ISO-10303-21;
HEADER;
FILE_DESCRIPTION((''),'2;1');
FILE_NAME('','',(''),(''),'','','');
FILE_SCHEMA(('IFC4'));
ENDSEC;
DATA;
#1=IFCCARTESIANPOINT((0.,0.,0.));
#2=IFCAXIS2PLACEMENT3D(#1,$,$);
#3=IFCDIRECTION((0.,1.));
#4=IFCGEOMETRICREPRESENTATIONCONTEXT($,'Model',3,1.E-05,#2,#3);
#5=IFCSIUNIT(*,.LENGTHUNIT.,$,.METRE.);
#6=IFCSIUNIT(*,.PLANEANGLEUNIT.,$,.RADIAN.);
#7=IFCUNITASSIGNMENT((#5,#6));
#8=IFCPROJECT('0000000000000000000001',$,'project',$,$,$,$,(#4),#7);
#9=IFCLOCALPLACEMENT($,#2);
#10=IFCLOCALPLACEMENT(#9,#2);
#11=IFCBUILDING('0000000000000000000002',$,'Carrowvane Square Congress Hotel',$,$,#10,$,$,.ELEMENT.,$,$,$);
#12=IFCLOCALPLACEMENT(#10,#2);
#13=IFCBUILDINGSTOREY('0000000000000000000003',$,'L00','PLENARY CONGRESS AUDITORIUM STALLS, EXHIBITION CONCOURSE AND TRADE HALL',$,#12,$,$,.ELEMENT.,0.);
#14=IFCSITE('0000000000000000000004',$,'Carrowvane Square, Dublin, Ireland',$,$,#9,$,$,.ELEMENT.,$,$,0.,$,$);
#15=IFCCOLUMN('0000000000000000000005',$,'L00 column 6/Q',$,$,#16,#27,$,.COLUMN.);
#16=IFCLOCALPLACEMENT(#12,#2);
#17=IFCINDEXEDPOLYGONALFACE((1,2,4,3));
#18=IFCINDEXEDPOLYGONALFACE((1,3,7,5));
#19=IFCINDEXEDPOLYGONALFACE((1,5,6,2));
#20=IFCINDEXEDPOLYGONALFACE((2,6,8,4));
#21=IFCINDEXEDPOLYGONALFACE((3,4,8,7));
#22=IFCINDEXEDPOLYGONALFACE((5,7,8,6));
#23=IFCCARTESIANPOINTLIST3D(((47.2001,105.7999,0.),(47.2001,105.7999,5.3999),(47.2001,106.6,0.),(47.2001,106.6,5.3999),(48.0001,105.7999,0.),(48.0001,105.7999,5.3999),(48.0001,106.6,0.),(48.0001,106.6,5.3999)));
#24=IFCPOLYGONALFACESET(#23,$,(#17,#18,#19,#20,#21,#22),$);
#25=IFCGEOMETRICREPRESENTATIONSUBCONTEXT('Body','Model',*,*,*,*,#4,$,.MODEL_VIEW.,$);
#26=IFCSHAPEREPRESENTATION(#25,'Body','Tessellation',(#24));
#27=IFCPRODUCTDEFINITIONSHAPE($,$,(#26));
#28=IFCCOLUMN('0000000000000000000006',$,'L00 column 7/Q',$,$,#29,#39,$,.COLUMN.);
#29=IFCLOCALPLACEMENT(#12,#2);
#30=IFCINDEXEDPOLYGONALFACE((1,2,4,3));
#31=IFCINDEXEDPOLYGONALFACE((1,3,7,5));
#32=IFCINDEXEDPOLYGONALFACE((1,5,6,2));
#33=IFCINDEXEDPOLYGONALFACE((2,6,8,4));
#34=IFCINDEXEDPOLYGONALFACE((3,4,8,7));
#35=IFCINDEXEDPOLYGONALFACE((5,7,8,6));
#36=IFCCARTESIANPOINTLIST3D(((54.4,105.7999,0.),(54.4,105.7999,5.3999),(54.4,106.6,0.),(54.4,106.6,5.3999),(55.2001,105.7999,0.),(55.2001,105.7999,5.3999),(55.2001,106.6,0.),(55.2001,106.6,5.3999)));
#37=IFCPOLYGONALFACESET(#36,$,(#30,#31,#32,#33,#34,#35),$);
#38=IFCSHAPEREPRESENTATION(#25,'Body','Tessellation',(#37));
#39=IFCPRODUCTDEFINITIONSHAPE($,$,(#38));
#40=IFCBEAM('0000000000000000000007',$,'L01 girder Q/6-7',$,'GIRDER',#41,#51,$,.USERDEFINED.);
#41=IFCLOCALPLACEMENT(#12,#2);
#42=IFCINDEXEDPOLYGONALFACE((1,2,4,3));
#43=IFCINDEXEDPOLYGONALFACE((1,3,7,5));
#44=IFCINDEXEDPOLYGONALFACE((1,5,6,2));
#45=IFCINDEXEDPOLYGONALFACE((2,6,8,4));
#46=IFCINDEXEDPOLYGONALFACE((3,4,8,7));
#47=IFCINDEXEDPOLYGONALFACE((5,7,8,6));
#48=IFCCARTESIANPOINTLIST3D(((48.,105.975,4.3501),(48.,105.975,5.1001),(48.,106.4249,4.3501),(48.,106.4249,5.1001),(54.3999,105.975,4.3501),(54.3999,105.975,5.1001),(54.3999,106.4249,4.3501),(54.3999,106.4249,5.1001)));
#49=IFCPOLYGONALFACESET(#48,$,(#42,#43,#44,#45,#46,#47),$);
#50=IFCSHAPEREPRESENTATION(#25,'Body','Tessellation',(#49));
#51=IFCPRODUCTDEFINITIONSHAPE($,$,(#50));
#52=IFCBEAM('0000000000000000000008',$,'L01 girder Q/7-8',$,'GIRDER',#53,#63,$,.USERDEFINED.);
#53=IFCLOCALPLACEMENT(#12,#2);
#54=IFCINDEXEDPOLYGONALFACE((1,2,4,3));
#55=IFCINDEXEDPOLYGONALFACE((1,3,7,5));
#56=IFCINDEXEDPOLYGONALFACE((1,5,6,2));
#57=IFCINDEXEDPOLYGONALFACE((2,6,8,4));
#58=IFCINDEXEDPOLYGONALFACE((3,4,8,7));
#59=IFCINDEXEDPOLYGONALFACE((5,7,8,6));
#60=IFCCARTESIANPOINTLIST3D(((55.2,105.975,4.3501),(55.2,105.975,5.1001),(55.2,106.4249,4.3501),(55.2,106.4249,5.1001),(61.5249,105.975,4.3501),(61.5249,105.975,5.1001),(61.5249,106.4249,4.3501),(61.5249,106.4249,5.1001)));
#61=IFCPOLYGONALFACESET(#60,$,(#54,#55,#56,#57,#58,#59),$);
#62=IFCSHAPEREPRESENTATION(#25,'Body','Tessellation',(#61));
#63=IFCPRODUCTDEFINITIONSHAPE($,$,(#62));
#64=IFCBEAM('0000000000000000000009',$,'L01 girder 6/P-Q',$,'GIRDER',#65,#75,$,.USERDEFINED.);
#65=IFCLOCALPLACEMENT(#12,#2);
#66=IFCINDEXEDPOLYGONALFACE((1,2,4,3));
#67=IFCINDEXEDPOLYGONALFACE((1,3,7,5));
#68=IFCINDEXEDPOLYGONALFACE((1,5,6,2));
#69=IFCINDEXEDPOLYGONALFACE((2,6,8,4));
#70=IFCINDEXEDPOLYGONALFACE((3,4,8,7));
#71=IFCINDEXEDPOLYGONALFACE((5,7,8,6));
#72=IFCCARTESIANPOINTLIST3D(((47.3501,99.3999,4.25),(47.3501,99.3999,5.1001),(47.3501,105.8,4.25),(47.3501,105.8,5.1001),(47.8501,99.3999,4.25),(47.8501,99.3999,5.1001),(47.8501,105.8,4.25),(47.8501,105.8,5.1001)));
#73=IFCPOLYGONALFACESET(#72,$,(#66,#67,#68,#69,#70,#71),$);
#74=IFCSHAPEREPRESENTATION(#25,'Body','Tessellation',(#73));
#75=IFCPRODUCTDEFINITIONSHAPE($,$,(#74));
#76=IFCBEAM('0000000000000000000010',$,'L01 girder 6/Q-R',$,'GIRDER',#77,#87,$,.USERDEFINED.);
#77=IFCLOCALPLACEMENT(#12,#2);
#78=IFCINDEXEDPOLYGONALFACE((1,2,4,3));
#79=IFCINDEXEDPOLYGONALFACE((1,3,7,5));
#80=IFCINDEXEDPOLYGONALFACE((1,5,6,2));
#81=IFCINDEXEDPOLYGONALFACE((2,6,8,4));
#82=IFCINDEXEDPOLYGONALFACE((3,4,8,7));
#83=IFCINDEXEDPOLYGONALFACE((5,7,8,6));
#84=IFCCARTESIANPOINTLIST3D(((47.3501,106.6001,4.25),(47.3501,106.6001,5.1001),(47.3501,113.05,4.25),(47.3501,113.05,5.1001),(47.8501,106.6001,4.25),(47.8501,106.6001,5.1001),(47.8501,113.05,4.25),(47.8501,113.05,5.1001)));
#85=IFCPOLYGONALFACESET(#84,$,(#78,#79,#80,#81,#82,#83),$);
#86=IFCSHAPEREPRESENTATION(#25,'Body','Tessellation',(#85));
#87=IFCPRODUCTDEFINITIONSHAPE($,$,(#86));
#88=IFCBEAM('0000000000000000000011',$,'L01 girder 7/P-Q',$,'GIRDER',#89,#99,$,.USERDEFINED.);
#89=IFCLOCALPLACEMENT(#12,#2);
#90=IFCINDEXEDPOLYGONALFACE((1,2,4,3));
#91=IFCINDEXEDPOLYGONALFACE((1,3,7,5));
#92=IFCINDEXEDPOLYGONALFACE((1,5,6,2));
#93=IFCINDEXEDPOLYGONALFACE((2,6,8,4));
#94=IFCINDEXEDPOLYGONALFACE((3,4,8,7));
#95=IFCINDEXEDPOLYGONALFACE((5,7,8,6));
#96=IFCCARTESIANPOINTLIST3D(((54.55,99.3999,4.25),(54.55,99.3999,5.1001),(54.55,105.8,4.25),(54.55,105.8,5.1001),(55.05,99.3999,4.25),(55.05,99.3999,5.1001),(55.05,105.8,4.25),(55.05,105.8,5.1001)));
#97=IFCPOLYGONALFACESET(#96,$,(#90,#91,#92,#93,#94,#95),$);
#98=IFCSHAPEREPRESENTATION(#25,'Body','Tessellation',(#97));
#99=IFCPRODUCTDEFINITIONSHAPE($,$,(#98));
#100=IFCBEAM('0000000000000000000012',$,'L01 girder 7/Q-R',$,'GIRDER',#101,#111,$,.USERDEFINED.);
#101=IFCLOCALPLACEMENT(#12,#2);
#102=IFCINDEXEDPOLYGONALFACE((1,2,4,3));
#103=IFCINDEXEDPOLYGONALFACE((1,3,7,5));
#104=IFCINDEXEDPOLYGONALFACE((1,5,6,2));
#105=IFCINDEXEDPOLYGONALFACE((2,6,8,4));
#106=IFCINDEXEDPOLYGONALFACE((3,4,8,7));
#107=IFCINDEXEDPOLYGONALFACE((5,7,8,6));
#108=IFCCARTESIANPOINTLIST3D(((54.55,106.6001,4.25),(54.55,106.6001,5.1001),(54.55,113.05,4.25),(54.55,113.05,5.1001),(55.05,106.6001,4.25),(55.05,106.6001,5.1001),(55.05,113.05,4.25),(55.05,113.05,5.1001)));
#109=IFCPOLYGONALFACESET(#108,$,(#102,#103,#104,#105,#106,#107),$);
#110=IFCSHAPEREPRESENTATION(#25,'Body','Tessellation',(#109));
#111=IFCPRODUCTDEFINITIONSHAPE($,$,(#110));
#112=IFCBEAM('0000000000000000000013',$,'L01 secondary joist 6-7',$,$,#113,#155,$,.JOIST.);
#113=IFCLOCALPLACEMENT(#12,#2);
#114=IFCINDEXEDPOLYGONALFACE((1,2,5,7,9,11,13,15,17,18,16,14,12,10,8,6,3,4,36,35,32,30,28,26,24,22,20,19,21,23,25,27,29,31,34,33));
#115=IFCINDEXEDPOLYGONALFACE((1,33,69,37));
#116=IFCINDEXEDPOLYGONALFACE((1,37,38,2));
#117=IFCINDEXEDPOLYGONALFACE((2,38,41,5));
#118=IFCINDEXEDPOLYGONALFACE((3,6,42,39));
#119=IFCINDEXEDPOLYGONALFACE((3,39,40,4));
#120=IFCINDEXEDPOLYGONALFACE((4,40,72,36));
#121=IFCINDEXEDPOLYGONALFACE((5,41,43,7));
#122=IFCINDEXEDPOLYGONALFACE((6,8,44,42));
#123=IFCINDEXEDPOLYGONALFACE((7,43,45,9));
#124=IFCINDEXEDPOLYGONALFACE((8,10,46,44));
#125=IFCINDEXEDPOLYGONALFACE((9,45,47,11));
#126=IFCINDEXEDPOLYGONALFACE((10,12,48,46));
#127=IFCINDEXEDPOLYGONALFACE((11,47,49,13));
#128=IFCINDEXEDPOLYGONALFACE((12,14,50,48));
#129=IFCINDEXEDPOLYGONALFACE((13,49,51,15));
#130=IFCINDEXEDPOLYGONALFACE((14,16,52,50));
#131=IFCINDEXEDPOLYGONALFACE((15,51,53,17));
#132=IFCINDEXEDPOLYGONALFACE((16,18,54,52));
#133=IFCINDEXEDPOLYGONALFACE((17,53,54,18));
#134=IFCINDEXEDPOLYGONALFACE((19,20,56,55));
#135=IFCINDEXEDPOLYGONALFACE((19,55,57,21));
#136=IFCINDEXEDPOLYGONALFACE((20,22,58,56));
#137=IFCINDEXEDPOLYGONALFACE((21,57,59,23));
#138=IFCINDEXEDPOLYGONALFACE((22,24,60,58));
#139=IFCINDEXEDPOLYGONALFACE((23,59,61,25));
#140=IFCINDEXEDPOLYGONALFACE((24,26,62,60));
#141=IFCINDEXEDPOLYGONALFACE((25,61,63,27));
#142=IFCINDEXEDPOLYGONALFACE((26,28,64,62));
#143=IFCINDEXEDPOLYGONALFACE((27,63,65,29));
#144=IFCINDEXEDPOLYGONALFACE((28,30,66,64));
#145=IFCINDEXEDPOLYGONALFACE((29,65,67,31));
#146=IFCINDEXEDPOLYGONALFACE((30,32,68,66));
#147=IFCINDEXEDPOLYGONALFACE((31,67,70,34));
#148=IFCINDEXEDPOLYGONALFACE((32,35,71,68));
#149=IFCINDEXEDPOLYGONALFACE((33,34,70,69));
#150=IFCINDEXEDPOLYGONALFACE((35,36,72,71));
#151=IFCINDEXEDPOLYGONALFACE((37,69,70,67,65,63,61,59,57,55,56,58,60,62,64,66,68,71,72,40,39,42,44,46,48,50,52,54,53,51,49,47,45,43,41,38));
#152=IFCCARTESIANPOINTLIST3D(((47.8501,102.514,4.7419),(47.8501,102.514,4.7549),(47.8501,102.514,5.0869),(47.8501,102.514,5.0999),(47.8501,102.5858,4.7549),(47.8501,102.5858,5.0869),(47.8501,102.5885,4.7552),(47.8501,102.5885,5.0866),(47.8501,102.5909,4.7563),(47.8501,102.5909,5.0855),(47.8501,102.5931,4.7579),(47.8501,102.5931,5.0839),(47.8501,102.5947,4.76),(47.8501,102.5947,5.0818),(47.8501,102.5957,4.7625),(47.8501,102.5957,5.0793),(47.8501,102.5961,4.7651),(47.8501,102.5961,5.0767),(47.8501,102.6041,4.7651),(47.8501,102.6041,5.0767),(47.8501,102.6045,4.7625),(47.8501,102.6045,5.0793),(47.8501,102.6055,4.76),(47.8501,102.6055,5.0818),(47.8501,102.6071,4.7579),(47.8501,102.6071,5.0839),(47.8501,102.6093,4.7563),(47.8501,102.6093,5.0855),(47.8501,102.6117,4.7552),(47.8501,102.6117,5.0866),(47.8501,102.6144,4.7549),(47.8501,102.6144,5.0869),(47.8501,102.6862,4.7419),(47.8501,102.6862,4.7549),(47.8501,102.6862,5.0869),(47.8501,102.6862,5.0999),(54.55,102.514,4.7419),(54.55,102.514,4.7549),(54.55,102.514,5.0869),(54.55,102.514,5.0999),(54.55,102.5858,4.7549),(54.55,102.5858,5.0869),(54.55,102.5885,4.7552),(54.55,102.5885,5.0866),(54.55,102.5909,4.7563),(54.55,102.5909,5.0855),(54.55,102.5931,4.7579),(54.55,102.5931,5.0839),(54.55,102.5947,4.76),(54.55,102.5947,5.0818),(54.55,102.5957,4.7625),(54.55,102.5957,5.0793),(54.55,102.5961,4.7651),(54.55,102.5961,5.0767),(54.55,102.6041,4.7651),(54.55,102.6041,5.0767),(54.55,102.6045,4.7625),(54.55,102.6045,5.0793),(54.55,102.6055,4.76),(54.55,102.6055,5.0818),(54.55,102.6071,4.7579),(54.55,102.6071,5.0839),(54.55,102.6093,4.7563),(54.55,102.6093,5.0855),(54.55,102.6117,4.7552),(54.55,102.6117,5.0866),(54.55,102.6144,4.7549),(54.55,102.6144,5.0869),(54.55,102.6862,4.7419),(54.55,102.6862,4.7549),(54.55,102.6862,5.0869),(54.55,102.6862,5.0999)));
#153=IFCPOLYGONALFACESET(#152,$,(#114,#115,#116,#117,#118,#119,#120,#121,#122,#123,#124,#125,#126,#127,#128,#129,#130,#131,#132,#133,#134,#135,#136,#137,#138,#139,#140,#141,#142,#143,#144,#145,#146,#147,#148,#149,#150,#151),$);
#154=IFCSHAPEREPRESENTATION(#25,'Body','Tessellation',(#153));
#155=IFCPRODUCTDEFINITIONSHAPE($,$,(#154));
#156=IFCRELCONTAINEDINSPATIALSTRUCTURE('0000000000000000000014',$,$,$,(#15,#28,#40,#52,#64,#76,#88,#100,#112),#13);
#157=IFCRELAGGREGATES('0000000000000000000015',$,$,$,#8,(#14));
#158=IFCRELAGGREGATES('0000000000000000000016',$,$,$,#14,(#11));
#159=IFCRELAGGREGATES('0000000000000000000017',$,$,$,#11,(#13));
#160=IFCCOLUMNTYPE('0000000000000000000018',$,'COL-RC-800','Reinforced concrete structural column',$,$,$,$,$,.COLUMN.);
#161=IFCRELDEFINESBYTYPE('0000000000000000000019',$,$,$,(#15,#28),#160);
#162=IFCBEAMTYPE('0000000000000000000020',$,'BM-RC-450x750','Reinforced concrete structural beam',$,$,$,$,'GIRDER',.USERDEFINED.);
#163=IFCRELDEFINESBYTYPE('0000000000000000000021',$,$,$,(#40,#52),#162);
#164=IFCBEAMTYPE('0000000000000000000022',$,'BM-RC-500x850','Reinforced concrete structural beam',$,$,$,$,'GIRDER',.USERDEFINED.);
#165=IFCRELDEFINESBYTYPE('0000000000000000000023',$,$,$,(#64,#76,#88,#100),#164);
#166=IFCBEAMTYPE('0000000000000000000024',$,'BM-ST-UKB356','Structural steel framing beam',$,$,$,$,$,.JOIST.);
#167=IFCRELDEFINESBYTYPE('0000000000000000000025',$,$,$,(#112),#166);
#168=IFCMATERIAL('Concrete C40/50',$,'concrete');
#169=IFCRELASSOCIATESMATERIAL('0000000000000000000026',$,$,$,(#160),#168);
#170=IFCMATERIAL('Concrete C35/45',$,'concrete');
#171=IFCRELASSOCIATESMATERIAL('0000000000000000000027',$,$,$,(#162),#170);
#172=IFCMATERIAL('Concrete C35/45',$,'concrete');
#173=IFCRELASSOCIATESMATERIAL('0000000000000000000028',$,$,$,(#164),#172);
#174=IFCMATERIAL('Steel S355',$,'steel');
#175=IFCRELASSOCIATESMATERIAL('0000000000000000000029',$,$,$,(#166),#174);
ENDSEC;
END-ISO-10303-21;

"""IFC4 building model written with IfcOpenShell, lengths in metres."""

from ifc_helpers import new_model, si_unit, direction, frame, origin, origin_2d, place, context, subcontext, project, spatial, rectangle, i_section, extrude, material, material_profile, profile_set, type_object, element, save


model = new_model("IFC4")

# Units and contexts
model_context = context("Model", 3, precision=1e-05, world=origin(), true_north=direction((0.0, 1.0)))
body_context = subcontext(model_context, "Body", "Model", "MODEL_VIEW")
ifc_project = project(units=[si_unit("LENGTHUNIT", "METRE"), si_unit("PLANEANGLEUNIT", "RADIAN")], contexts=[model_context])

# Site, building, storey
site_placement = place(None, origin())
site = spatial("IfcSite", under=ifc_project, at=site_placement, Name="Carrowvane Square, Dublin, Ireland", CompositionType="ELEMENT", RefElevation=0.0)
building_placement = place(site_placement, origin())
building = spatial("IfcBuilding", under=site, at=building_placement, Name="Carrowvane Square Congress Hotel", CompositionType="ELEMENT")
storey_placement = place(building_placement, origin())
storey = spatial("IfcBuildingStorey", under=building, at=storey_placement, Name="L00", Description="PLENARY CONGRESS AUDITORIUM STALLS, EXHIBITION CONCOURSE AND TRADE HALL", CompositionType="ELEMENT", Elevation=0.0)

# Columns
ifc_material_1 = material(Name="Concrete C40/50", Category="concrete")
ifc_material_profile_1 = material_profile(ifc_material_1, rectangle(XDim=0.8, YDim=0.8, at=origin_2d()), Name="RC 800x800")
ifc_profile_set_1 = profile_set([ifc_material_profile_1], Name="Concrete C40/50")
column_type = type_object("IfcColumnType", Name="COL-RC-800", Description="Reinforced concrete structural column", PredefinedType="COLUMN", material=ifc_profile_set_1)
for number, where, z_axis, x_axis, name in (
    (1, (47.6001, 106.2, 0.0), (0.0, 0.0, 1.0), (1.0, 0.0, 0.0), "L00 column 6/Q"),
    (2, (54.8, 106.2, 0.0), (0.0, 0.0, 1.0), (1.0, 0.0, 0.0), "L00 column 7/Q"),
):
    element("IfcColumn", number, at=place(storey_placement, frame(where, z_axis=z_axis, x_axis=x_axis)), inside=storey, type_object=column_type, Name=name, PredefinedType="COLUMN", context=body_context, shape_type="SweptSolid", body=[
        extrude(rectangle(XDim=0.8, YDim=0.8, at=origin_2d()), origin(), (0.0, 0.0, 1.0), 5.3999),
    ])

# Beams
ifc_material_2 = material(Name="Concrete C35/45", Category="concrete")
ifc_material_profile_2 = material_profile(ifc_material_2, rectangle(XDim=0.45, YDim=0.75, at=origin_2d()), Name="RC 450x750")
ifc_profile_set_2 = profile_set([ifc_material_profile_2], Name="Concrete C35/45")
beam_type_1 = type_object("IfcBeamType", Name="BM-RC-450x750", Description="Reinforced concrete structural beam", ElementType="GIRDER", PredefinedType="USERDEFINED", material=ifc_profile_set_2)
beam_1_placement = place(storey_placement, frame((48.0, 106.2, 4.7251), z_axis=(1.0, 0.0, 0.0), x_axis=(0.0, 1.0, 0.0)))
element("IfcBeam", 3, at=beam_1_placement, inside=storey, type_object=beam_type_1, Name="L01 girder Q/6-7", ObjectType="GIRDER", PredefinedType="USERDEFINED", context=body_context, shape_type="SweptSolid", body=[
    extrude(rectangle(XDim=0.45, YDim=0.75, at=origin_2d()), origin(), (0.0, 0.0, 1.0), 6.3999),
])
beam_2_placement = place(storey_placement, frame((55.2, 106.2, 4.7251), z_axis=(1.0, 0.0, 0.0), x_axis=(0.0, 1.0, 0.0)))
element("IfcBeam", 4, at=beam_2_placement, inside=storey, type_object=beam_type_1, Name="L01 girder Q/7-8", ObjectType="GIRDER", PredefinedType="USERDEFINED", context=body_context, shape_type="SweptSolid", body=[
    extrude(rectangle(XDim=0.45, YDim=0.75, at=origin_2d()), origin(), (0.0, 0.0, 1.0), 6.325),
])
ifc_material_3 = material(Name="Concrete C35/45", Category="concrete")
ifc_material_profile_3 = material_profile(ifc_material_3, rectangle(XDim=0.5, YDim=0.8501, at=origin_2d()), Name="RC 500x850")
ifc_profile_set_3 = profile_set([ifc_material_profile_3], Name="Concrete C35/45")
beam_type_2 = type_object("IfcBeamType", Name="BM-RC-500x850", Description="Reinforced concrete structural beam", ElementType="GIRDER", PredefinedType="USERDEFINED", material=ifc_profile_set_3)
beam_3_placement = place(storey_placement, frame((47.6001, 99.3999, 4.675), z_axis=(0.0, 1.0, 0.0), x_axis=(-1.0, 0.0, 0.0)))
element("IfcBeam", 5, at=beam_3_placement, inside=storey, type_object=beam_type_2, Name="L01 girder 6/P-Q", ObjectType="GIRDER", PredefinedType="USERDEFINED", context=body_context, shape_type="SweptSolid", body=[
    extrude(rectangle(XDim=0.5, YDim=0.8501, at=origin_2d()), origin(), (0.0, 0.0, 1.0), 6.4001),
])
beam_4_placement = place(storey_placement, frame((47.6001, 106.6001, 4.675), z_axis=(0.0, 1.0, 0.0), x_axis=(-1.0, 0.0, 0.0)))
element("IfcBeam", 6, at=beam_4_placement, inside=storey, type_object=beam_type_2, Name="L01 girder 6/Q-R", ObjectType="GIRDER", PredefinedType="USERDEFINED", context=body_context, shape_type="SweptSolid", body=[
    extrude(rectangle(XDim=0.5, YDim=0.8501, at=origin_2d()), origin(), (0.0, 0.0, 1.0), 6.45),
])
beam_5_placement = place(storey_placement, frame((54.8, 99.3999, 4.675), z_axis=(0.0, 1.0, 0.0), x_axis=(-1.0, 0.0, 0.0)))
element("IfcBeam", 7, at=beam_5_placement, inside=storey, type_object=beam_type_2, Name="L01 girder 7/P-Q", ObjectType="GIRDER", PredefinedType="USERDEFINED", context=body_context, shape_type="SweptSolid", body=[
    extrude(rectangle(XDim=0.5, YDim=0.8501, at=origin_2d()), origin(), (0.0, 0.0, 1.0), 6.4001),
])
beam_6_placement = place(storey_placement, frame((54.8, 106.6001, 4.675), z_axis=(0.0, 1.0, 0.0), x_axis=(-1.0, 0.0, 0.0)))
element("IfcBeam", 8, at=beam_6_placement, inside=storey, type_object=beam_type_2, Name="L01 girder 7/Q-R", ObjectType="GIRDER", PredefinedType="USERDEFINED", context=body_context, shape_type="SweptSolid", body=[
    extrude(rectangle(XDim=0.5, YDim=0.8501, at=origin_2d()), origin(), (0.0, 0.0, 1.0), 6.45),
])
ifc_material_4 = material(Name="Steel S355", Category="steel")
ifc_material_profile_4 = material_profile(ifc_material_4, i_section(OverallWidth=0.1721, OverallDepth=0.3579, WebThickness=0.0081, FlangeThickness=0.0129, FilletRadius=0.0103, at=origin_2d()), Name="UKB 356x171x57")
ifc_profile_set_4 = profile_set([ifc_material_profile_4], Name="Steel S355")
beam_type_3 = type_object("IfcBeamType", Name="BM-ST-UKB356", Description="Structural steel framing beam", PredefinedType="JOIST", material=ifc_profile_set_4)
for number, where, z_axis, x_axis, name in (
    (9, (47.8501, 102.6001, 4.9209), (1.0, 0.0, 0.0), (0.0, 1.0, 0.0), "L01 secondary joist 6-7"),
):
    element("IfcBeam", number, at=place(storey_placement, frame(where, z_axis=z_axis, x_axis=x_axis)), inside=storey, type_object=beam_type_3, Name=name, PredefinedType="JOIST", context=body_context, shape_type="SweptSolid", body=[
        extrude(i_section(OverallWidth=0.1721, OverallDepth=0.3579, WebThickness=0.0081, FlangeThickness=0.0129, FilletRadius=0.0103, at=origin_2d()), origin(), (0.0, 0.0, 1.0), 6.7),
    ])

save(model, "model.ifc")
